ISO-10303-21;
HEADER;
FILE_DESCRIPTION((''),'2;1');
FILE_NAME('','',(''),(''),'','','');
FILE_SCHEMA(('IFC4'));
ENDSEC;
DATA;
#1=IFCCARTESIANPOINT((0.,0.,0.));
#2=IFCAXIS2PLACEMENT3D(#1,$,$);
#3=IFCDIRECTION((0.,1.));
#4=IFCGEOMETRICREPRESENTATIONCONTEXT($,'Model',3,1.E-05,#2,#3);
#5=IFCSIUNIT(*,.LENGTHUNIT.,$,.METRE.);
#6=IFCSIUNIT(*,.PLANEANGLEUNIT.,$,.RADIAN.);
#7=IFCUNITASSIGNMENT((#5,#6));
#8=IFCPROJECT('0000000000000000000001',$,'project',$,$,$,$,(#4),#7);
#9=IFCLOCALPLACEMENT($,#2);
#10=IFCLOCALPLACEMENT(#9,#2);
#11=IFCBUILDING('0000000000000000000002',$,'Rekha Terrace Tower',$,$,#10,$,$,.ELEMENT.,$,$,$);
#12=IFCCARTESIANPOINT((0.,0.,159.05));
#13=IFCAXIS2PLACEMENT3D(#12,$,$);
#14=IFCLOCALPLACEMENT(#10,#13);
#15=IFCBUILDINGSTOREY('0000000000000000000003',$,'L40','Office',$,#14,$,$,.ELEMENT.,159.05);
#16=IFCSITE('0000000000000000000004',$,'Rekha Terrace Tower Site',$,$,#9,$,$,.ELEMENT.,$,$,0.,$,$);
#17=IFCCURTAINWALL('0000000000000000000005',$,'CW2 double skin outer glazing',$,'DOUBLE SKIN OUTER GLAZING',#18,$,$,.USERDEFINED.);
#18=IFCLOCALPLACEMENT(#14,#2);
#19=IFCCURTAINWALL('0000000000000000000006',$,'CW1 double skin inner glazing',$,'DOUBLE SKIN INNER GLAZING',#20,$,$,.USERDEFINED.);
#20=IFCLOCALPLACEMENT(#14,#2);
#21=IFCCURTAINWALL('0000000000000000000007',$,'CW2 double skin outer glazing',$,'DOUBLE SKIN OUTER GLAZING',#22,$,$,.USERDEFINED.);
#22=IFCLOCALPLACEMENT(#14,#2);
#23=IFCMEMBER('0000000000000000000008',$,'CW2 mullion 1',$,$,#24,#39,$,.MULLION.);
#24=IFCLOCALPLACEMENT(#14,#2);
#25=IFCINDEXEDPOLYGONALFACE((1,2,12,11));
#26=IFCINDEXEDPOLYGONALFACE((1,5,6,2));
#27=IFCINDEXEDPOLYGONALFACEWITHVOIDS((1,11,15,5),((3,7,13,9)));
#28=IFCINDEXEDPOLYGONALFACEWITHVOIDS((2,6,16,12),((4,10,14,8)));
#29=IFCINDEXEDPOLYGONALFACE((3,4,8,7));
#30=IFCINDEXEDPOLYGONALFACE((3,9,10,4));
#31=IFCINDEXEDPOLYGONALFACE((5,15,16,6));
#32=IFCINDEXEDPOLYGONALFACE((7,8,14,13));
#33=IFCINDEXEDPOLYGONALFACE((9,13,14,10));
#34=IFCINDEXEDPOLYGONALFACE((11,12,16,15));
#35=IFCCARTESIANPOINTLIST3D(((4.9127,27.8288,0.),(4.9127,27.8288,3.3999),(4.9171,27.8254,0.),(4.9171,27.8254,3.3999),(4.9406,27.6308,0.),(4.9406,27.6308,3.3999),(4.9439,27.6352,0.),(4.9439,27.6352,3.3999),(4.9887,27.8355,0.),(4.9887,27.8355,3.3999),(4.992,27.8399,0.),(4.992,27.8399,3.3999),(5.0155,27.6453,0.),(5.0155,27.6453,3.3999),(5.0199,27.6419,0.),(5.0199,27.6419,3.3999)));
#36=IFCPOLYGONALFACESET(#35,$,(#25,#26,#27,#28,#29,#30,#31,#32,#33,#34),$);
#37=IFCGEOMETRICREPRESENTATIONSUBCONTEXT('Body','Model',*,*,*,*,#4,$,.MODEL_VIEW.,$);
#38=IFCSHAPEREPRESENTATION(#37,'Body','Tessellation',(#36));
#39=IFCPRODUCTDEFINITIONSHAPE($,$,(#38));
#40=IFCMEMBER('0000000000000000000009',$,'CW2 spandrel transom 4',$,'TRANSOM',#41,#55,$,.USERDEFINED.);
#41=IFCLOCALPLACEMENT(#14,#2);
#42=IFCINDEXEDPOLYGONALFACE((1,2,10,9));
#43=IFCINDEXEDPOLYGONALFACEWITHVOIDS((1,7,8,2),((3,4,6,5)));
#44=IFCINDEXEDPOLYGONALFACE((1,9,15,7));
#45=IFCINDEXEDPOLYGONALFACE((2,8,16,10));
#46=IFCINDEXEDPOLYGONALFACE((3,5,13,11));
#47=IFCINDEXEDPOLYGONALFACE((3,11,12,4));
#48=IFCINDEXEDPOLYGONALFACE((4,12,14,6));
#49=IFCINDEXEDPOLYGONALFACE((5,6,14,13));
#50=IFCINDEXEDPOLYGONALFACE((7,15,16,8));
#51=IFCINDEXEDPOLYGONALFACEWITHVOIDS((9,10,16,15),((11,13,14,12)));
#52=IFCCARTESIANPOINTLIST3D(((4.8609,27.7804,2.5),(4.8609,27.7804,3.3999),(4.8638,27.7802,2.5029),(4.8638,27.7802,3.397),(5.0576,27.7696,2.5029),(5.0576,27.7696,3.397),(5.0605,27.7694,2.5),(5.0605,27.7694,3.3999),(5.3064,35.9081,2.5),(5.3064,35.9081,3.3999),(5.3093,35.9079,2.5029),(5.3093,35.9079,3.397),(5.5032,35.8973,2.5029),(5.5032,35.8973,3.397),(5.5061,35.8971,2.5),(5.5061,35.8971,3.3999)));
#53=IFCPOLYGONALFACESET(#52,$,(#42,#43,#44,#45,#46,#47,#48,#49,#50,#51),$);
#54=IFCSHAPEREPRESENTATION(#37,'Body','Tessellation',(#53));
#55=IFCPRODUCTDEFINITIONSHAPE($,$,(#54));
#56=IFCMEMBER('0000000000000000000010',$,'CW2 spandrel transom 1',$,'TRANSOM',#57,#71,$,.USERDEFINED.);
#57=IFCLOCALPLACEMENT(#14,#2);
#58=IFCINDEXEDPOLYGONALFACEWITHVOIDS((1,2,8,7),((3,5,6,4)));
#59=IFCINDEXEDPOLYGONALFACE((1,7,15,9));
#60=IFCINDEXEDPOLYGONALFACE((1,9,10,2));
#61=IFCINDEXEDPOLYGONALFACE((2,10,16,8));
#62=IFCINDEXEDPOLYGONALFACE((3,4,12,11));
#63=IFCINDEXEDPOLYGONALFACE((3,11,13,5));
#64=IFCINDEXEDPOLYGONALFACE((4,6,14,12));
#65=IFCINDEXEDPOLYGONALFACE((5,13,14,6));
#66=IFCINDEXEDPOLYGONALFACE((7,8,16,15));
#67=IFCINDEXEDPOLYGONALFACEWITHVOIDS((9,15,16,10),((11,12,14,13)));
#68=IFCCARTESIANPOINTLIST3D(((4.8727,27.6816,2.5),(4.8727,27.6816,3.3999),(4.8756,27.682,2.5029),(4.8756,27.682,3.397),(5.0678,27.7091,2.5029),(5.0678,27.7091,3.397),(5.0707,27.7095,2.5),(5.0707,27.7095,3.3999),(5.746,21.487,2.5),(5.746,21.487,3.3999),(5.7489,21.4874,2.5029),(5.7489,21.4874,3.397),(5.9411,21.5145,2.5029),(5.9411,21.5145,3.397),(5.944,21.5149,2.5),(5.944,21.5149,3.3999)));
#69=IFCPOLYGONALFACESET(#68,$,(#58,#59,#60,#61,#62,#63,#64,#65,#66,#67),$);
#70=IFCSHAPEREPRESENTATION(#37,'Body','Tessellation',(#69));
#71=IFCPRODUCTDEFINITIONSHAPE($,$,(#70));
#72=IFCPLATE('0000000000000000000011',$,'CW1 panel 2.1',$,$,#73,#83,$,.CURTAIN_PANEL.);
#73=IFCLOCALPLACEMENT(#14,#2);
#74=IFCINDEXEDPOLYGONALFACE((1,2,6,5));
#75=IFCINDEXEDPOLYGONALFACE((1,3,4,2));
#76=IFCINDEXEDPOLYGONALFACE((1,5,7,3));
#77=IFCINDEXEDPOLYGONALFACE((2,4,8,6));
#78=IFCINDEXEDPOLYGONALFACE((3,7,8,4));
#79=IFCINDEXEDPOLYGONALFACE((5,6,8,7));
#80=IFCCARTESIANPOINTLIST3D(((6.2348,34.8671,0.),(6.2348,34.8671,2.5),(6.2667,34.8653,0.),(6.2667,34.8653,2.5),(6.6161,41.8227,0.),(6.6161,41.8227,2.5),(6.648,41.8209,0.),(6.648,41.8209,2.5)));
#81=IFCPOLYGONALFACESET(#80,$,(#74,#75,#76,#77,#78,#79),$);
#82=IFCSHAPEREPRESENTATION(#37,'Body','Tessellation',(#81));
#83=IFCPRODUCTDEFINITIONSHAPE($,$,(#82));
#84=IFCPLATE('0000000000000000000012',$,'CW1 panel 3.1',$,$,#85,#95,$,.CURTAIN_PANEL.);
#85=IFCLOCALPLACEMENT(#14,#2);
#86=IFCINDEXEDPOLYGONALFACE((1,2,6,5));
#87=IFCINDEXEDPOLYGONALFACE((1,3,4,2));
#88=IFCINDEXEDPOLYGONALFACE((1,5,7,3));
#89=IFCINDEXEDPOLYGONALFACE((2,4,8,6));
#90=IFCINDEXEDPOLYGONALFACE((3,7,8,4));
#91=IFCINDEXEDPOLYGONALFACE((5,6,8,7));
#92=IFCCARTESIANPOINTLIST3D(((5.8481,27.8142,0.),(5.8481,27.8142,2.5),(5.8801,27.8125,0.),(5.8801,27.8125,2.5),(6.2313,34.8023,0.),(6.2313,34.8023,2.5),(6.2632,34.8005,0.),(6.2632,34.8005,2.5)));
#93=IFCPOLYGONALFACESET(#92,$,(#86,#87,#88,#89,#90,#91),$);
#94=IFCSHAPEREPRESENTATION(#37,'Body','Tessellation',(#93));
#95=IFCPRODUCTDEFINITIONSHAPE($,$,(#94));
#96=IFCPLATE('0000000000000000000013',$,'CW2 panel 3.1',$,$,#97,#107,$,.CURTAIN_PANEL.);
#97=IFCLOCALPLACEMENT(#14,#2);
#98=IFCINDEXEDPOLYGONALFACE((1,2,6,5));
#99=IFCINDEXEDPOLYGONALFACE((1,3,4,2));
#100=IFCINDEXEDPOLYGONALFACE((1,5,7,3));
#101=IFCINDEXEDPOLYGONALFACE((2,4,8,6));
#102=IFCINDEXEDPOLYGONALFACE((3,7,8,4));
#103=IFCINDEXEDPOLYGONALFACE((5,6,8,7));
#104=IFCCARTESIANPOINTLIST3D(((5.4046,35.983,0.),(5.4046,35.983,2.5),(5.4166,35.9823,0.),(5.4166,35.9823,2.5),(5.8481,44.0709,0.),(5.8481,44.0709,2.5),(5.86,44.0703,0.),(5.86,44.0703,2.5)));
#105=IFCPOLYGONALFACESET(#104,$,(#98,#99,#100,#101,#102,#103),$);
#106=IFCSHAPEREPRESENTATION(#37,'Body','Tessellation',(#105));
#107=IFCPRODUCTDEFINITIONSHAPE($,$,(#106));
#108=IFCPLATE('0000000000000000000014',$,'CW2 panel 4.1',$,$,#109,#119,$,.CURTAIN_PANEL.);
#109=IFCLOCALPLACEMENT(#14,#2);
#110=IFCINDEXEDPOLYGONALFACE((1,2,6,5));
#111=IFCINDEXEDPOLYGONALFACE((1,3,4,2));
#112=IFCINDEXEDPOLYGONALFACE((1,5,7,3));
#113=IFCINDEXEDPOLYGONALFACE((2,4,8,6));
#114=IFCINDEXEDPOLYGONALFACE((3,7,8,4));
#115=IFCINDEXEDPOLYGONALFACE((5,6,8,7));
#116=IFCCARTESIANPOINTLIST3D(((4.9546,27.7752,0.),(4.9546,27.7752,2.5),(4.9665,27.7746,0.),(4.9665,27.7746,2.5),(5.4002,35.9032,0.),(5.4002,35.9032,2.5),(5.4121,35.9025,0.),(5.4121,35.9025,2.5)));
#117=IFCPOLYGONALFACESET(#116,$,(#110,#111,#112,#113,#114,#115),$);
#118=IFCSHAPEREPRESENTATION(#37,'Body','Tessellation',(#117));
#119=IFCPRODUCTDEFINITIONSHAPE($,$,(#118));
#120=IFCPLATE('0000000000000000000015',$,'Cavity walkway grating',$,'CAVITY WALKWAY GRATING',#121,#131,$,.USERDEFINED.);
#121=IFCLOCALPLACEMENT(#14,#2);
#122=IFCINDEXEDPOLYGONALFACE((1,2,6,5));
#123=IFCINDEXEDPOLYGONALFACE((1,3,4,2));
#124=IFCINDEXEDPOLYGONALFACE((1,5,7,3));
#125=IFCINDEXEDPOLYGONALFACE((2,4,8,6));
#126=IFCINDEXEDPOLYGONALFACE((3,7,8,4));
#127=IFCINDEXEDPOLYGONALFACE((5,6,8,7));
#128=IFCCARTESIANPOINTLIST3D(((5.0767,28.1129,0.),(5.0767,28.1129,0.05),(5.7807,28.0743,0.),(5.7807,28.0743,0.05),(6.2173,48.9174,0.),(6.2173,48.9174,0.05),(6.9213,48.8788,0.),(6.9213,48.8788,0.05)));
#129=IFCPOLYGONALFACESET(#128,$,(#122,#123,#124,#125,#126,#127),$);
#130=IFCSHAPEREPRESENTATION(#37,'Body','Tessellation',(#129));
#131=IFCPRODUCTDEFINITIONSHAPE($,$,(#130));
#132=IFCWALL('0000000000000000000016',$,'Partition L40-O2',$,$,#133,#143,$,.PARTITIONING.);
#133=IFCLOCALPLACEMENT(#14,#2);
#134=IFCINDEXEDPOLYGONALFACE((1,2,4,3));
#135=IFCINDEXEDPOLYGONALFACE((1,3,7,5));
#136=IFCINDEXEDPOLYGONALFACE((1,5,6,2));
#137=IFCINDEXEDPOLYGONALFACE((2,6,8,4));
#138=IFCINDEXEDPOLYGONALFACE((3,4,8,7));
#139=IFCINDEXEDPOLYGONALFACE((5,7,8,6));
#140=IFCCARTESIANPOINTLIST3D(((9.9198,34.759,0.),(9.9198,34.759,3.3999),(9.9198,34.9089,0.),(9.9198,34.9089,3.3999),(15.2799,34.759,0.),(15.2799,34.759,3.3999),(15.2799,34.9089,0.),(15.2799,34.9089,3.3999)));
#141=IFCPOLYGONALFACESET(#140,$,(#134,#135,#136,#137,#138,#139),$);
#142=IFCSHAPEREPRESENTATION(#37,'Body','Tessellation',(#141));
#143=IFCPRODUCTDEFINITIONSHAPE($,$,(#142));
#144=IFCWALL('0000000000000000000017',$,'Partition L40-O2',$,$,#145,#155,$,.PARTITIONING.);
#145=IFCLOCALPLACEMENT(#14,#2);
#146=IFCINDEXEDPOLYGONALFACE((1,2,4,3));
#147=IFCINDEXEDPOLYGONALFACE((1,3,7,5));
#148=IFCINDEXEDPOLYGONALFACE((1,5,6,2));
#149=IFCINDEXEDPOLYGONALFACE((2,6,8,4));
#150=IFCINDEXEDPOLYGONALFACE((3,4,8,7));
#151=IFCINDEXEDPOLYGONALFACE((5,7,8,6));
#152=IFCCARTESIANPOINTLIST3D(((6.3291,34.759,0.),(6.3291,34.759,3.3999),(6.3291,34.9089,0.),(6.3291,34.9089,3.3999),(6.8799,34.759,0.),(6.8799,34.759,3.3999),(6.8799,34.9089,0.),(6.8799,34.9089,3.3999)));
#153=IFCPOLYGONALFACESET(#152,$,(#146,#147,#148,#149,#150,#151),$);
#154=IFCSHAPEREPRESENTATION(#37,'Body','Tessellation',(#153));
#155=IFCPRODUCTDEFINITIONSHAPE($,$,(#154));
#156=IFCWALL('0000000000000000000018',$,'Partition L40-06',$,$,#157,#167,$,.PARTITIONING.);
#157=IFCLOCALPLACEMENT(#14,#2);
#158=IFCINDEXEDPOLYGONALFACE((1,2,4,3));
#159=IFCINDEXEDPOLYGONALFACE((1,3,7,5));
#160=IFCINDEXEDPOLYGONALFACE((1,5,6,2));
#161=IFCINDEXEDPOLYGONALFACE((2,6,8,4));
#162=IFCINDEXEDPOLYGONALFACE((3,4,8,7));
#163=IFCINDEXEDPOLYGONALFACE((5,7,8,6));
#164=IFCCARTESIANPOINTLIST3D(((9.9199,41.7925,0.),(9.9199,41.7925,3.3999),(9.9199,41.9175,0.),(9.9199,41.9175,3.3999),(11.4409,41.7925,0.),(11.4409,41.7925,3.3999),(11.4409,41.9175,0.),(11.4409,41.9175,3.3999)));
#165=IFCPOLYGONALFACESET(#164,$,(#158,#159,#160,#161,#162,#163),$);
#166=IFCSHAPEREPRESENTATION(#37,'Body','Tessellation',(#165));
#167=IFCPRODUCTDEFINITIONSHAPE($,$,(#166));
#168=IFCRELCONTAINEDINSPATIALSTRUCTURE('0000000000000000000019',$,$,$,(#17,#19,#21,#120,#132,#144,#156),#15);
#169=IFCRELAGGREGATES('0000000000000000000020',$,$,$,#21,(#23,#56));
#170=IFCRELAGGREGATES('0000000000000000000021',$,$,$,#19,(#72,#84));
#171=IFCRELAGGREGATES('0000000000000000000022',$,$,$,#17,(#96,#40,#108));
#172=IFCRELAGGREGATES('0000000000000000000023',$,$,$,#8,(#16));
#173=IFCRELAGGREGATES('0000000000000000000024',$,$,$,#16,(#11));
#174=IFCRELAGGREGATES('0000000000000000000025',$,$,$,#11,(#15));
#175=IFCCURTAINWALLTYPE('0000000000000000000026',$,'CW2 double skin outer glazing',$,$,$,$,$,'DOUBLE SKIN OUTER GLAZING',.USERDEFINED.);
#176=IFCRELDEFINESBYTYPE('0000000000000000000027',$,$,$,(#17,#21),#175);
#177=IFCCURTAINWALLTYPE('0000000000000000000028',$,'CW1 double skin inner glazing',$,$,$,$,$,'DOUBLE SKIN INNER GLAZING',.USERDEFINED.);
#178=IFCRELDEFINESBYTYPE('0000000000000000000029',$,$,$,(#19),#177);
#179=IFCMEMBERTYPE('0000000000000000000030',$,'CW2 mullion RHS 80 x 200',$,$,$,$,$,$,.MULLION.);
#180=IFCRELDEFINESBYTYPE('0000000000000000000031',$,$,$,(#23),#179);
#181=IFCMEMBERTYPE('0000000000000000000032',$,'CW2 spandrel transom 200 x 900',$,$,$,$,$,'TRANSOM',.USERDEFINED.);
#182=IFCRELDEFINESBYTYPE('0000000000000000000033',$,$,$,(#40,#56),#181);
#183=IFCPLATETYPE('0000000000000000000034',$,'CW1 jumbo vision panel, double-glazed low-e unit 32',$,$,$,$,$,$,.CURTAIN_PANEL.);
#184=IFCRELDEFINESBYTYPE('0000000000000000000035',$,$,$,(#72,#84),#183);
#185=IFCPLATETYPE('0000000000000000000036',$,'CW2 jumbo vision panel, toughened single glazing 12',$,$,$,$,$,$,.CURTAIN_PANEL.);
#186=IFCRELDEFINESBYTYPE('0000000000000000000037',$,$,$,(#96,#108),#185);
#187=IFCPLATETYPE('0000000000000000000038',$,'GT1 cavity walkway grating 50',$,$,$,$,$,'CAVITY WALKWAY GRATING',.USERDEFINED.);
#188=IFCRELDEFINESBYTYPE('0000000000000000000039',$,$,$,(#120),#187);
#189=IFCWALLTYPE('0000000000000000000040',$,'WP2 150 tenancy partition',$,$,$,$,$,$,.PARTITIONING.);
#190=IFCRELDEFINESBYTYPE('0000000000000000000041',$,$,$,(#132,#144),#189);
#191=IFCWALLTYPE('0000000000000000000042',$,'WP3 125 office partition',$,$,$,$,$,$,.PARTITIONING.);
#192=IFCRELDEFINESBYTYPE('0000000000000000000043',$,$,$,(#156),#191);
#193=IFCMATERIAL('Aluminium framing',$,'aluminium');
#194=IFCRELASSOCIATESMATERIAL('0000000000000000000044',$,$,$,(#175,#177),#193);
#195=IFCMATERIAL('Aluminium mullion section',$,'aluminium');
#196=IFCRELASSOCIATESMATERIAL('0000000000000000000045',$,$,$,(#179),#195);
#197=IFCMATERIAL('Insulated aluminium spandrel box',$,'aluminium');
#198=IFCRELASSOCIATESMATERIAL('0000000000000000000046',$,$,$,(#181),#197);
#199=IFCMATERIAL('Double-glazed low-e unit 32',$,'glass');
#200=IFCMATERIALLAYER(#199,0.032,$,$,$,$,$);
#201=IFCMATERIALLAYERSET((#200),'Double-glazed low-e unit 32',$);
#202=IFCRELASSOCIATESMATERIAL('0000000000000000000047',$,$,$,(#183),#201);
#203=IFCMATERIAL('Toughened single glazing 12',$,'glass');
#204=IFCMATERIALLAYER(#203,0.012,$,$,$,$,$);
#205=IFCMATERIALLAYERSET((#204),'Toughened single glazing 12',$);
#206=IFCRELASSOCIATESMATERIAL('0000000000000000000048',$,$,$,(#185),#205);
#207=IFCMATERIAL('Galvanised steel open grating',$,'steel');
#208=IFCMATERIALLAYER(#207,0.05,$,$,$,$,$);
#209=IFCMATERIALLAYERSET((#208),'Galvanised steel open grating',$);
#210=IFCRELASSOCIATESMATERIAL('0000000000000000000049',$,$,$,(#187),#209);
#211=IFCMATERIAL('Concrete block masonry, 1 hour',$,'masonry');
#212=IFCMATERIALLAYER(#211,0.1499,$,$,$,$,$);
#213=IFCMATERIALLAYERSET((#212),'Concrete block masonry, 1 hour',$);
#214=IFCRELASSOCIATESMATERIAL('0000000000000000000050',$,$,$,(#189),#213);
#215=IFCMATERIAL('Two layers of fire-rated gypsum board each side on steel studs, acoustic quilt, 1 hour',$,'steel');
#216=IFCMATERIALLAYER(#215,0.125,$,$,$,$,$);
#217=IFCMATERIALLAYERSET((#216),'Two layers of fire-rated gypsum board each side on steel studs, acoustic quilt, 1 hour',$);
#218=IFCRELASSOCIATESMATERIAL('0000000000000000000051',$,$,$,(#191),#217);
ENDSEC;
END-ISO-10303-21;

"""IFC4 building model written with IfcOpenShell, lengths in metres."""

from ifc_helpers import new_model, si_unit, direction, frame, frame_2d, origin, origin_2d, place, context, subcontext, project, spatial, rectangle, hollow_rectangle, extrude, material, layer, layer_set, material_profile, profile_set, type_object, element, aggregate, save


model = new_model("IFC4")

# Units and contexts
model_context = context("Model", 3, precision=1e-05, world=origin(), true_north=direction((0.0, 1.0)))
body_context = subcontext(model_context, "Body", "Model", "MODEL_VIEW")
ifc_project = project(units=[si_unit("LENGTHUNIT", "METRE"), si_unit("PLANEANGLEUNIT", "RADIAN")], contexts=[model_context])

# Site, building, storey
site_placement = place(None, origin())
site = spatial("IfcSite", under=ifc_project, at=site_placement, Name="Rekha Terrace Tower Site", CompositionType="ELEMENT", RefElevation=0.0)
building_placement = place(site_placement, origin())
building = spatial("IfcBuilding", under=site, at=building_placement, Name="Rekha Terrace Tower", CompositionType="ELEMENT")
storey_placement = place(building_placement, frame((0.0, 0.0, 159.05)))
storey = spatial("IfcBuildingStorey", under=building, at=storey_placement, Name="L40", Description="Office", CompositionType="ELEMENT", Elevation=159.05)

# Curtain wall
ifc_material_1 = material(Name="Aluminium framing", Category="aluminium")
curtain_wall_type_1 = type_object("IfcCurtainWallType", Name="CW2 double skin outer glazing", ElementType="DOUBLE SKIN OUTER GLAZING", PredefinedType="USERDEFINED", material=ifc_material_1)
curtain_wall_1_placement = place(storey_placement, origin())
curtain_wall_1 = element("IfcCurtainWall", 1, at=curtain_wall_1_placement, inside=storey, type_object=curtain_wall_type_1, Name="CW2 double skin outer glazing", ObjectType="DOUBLE SKIN OUTER GLAZING", PredefinedType="USERDEFINED")

# Curtain wall
curtain_wall_type_2 = type_object("IfcCurtainWallType", Name="CW1 double skin inner glazing", ElementType="DOUBLE SKIN INNER GLAZING", PredefinedType="USERDEFINED", material=ifc_material_1)
curtain_wall_2_placement = place(storey_placement, origin())
curtain_wall_2 = element("IfcCurtainWall", 2, at=curtain_wall_2_placement, inside=storey, type_object=curtain_wall_type_2, Name="CW1 double skin inner glazing", ObjectType="DOUBLE SKIN INNER GLAZING", PredefinedType="USERDEFINED")
ifc_material_2 = material(Name="Aluminium mullion section", Category="aluminium")

# Shared definitions
ifc_material_3 = material(Name="Insulated aluminium spandrel box", Category="aluminium")
ifc_material_profile_1 = material_profile(ifc_material_2, hollow_rectangle(XDim=0.0801, YDim=0.2, WallThickness=0.0039, at=origin_2d()), Name="AL RHS 80x200")
ifc_profile_set_1 = profile_set([ifc_material_profile_1], Name="Aluminium mullion section")
member_type_1 = type_object("IfcMemberType", Name="CW2 mullion RHS 80 x 200", PredefinedType="MULLION", material=ifc_profile_set_1)

# Curtain wall, member
curtain_wall_3_placement = place(storey_placement, origin())
curtain_wall_3 = element("IfcCurtainWall", 3, at=curtain_wall_3_placement, inside=storey, type_object=curtain_wall_type_1, Name="CW2 double skin outer glazing", ObjectType="DOUBLE SKIN OUTER GLAZING", PredefinedType="USERDEFINED")
member_1_placement = place(storey_placement, frame((4.9663, 27.7354, 0.0), z_axis=(0.0, 0.0, 1.0), x_axis=(0.990208, 0.139597, 0.0)))
member_1 = element("IfcMember", 4, at=member_1_placement, type_object=member_type_1, Name="CW2 mullion 1", PredefinedType="MULLION", context=body_context, shape_type="SweptSolid", body=[
    extrude(hollow_rectangle(XDim=0.0801, YDim=0.2, WallThickness=0.0039, at=origin_2d()), origin(), (0.0, 0.0, 1.0), 3.3999),
])

# Members
ifc_material_profile_2 = material_profile(ifc_material_3, hollow_rectangle(XDim=0.2, YDim=0.8999, WallThickness=0.0029, at=origin_2d()), Name="AL SPANDREL BOX 200x900")
ifc_profile_set_2 = profile_set([ifc_material_profile_2], Name="Insulated aluminium spandrel box")
member_type_2 = type_object("IfcMemberType", Name="CW2 spandrel transom 200 x 900", ElementType="TRANSOM", PredefinedType="USERDEFINED", material=ifc_profile_set_2)
member_2_placement = place(storey_placement, frame((5.4062, 35.9026, 2.95), z_axis=(-0.054737, -0.998501, 0.0), x_axis=(0.998501, -0.054737, 0.0)))
member_2 = element("IfcMember", 5, at=member_2_placement, type_object=member_type_2, Name="CW2 spandrel transom 4", ObjectType="TRANSOM", PredefinedType="USERDEFINED", context=body_context, shape_type="SweptSolid", body=[
    extrude(hollow_rectangle(XDim=0.2, YDim=0.8999, WallThickness=0.0029, at=origin_2d()), origin(), (0.0, 0.0, 1.0), 8.1399),
])
member_3_placement = place(storey_placement, frame((4.9717, 27.6956, 2.95), z_axis=(0.139596, -0.990209, 0.0), x_axis=(0.990209, 0.139596, 0.0)))
member_3 = element("IfcMember", 6, at=member_3_placement, type_object=member_type_2, Name="CW2 spandrel transom 1", ObjectType="TRANSOM", PredefinedType="USERDEFINED", context=body_context, shape_type="SweptSolid", body=[
    extrude(hollow_rectangle(XDim=0.2, YDim=0.8999, WallThickness=0.0029, at=origin_2d()), origin(), (0.0, 0.0, 1.0), 6.2559),
])
aggregate(curtain_wall_3, [member_1, member_3])

# Plates
ifc_material_4 = material(Name="Double-glazed low-e unit 32", Category="glass")
ifc_layer_1 = layer(ifc_material_4, 0.032)
ifc_layer_set_1 = layer_set([ifc_layer_1], Name="Double-glazed low-e unit 32")
plate_type_1 = type_object("IfcPlateType", Name="CW1 jumbo vision panel, double-glazed low-e unit 32", PredefinedType="CURTAIN_PANEL", material=ifc_layer_set_1)
plate_1_placement = place(storey_placement, frame((6.4414, 38.344, 0.0), z_axis=(0.0, 0.0, 1.0), x_axis=(-0.054742, -0.998501, 0.0)))
plate_1 = element("IfcPlate", 7, at=plate_1_placement, type_object=plate_type_1, Name="CW1 panel 2.1", PredefinedType="CURTAIN_PANEL", context=body_context, shape_type="SweptSolid", body=[
    extrude(rectangle(XDim=6.9661, YDim=0.032, at=origin_2d()), origin(), (0.0, 0.0, 1.0), 2.5),
])
plate_2_placement = place(storey_placement, frame((6.0557, 31.3074, 0.0), z_axis=(0.0, 0.0, 1.0), x_axis=(-0.054742, -0.998501, 0.0)))
plate_2 = element("IfcPlate", 8, at=plate_2_placement, type_object=plate_type_1, Name="CW1 panel 3.1", PredefinedType="CURTAIN_PANEL", context=body_context, shape_type="SweptSolid", body=[
    extrude(rectangle(XDim=6.9985, YDim=0.032, at=origin_2d()), origin(), (0.0, 0.0, 1.0), 2.5),
])
aggregate(curtain_wall_2, [plate_1, plate_2])
ifc_material_5 = material(Name="Toughened single glazing 12", Category="glass")
ifc_layer_2 = layer(ifc_material_5, 0.012)
ifc_layer_set_2 = layer_set([ifc_layer_2], Name="Toughened single glazing 12")
plate_type_2 = type_object("IfcPlateType", Name="CW2 jumbo vision panel, toughened single glazing 12", PredefinedType="CURTAIN_PANEL", material=ifc_layer_set_2)
plate_3_placement = place(storey_placement, frame((5.6323, 40.0266, 0.0), z_axis=(0.0, 0.0, 1.0), x_axis=(-0.054742, -0.998501, 0.0)))
plate_3 = element("IfcPlate", 9, at=plate_3_placement, type_object=plate_type_2, Name="CW2 panel 3.1", PredefinedType="CURTAIN_PANEL", context=body_context, shape_type="SweptSolid", body=[
    extrude(rectangle(XDim=8.1001, YDim=0.012, at=origin_2d()), origin(), (0.0, 0.0, 1.0), 2.5),
])
plate_4_placement = place(storey_placement, frame((5.1833, 31.8389, 0.0), z_axis=(0.0, 0.0, 1.0), x_axis=(-0.054742, -0.998501, 0.0)))
plate_4 = element("IfcPlate", 10, at=plate_4_placement, type_object=plate_type_2, Name="CW2 panel 4.1", PredefinedType="CURTAIN_PANEL", context=body_context, shape_type="SweptSolid", body=[
    extrude(rectangle(XDim=8.1401, YDim=0.012, at=origin_2d()), origin(), (0.0, 0.0, 1.0), 2.5),
])
aggregate(curtain_wall_1, [plate_3, member_2, plate_4])
ifc_material_6 = material(Name="Galvanised steel open grating", Category="steel")
ifc_layer_3 = layer(ifc_material_6, 0.05)
ifc_layer_set_3 = layer_set([ifc_layer_3], Name="Galvanised steel open grating")
plate_type_3 = type_object("IfcPlateType", Name="GT1 cavity walkway grating 50", ElementType="CAVITY WALKWAY GRATING", PredefinedType="USERDEFINED", material=ifc_layer_set_3)
plate_5_placement = place(storey_placement, frame((5.999, 38.4958, 0.0), z_axis=(0.0, 0.0, 1.0), x_axis=(-0.054742, -0.998501, 0.0)))
element("IfcPlate", 11, at=plate_5_placement, inside=storey, type_object=plate_type_3, Name="Cavity walkway grating", ObjectType="CAVITY WALKWAY GRATING", PredefinedType="USERDEFINED", context=body_context, shape_type="SweptSolid", body=[
    extrude(rectangle(XDim=20.8357, YDim=0.7051, at=origin_2d()), origin(), (0.0, 0.0, 1.0), 0.05),
])

# Walls
ifc_material_7 = material(Name="Concrete block masonry, 1 hour", Category="masonry")
ifc_layer_4 = layer(ifc_material_7, 0.1499)
ifc_layer_set_4 = layer_set([ifc_layer_4], Name="Concrete block masonry, 1 hour")
wall_type_1 = type_object("IfcWallType", Name="WP2 150 tenancy partition", PredefinedType="PARTITIONING", material=ifc_layer_set_4)
wall_1_placement = place(storey_placement, frame((15.28, 34.834, 0.0), z_axis=(0.0, 0.0, 1.0), x_axis=(-1.0, 0.0, 0.0)))
element("IfcWall", 12, at=wall_1_placement, inside=storey, type_object=wall_type_1, Name="Partition L40-O2", PredefinedType="PARTITIONING", context=body_context, shape_type="SweptSolid", body=[
    extrude(rectangle(XDim=5.3601, YDim=0.1499, at=frame_2d((2.6802, 0.0))), origin(), (0.0, 0.0, 1.0), 3.3999),
])
wall_2_placement = place(storey_placement, frame((6.8799, 34.834, 0.0), z_axis=(0.0, 0.0, 1.0), x_axis=(-1.0, 0.0, 0.0)))
element("IfcWall", 13, at=wall_2_placement, inside=storey, type_object=wall_type_1, Name="Partition L40-O2", PredefinedType="PARTITIONING", context=body_context, shape_type="SweptSolid", body=[
    extrude(rectangle(XDim=0.5508, YDim=0.1499, at=frame_2d((0.2754, 0.0))), origin(), (0.0, 0.0, 1.0), 3.3999),
])
ifc_material_8 = material(Name="Two layers of fire-rated gypsum board each side on steel studs, acoustic quilt, 1 hour", Category="steel")
ifc_layer_5 = layer(ifc_material_8, 0.125)
ifc_layer_set_5 = layer_set([ifc_layer_5], Name="Two layers of fire-rated gypsum board each side on steel studs, acoustic quilt, 1 hour")
wall_type_2 = type_object("IfcWallType", Name="WP3 125 office partition", PredefinedType="PARTITIONING", material=ifc_layer_set_5)
wall_3_placement = place(storey_placement, frame((11.4409, 41.855, 0.0), z_axis=(0.0, 0.0, 1.0), x_axis=(-1.0, 0.0, 0.0)))
element("IfcWall", 14, at=wall_3_placement, inside=storey, type_object=wall_type_2, Name="Partition L40-06", PredefinedType="PARTITIONING", context=body_context, shape_type="SweptSolid", body=[
    extrude(rectangle(XDim=1.521, YDim=0.125, at=frame_2d((0.7605, 0.0))), origin(), (0.0, 0.0, 1.0), 3.3999),
])

save(model, "model.ifc")
